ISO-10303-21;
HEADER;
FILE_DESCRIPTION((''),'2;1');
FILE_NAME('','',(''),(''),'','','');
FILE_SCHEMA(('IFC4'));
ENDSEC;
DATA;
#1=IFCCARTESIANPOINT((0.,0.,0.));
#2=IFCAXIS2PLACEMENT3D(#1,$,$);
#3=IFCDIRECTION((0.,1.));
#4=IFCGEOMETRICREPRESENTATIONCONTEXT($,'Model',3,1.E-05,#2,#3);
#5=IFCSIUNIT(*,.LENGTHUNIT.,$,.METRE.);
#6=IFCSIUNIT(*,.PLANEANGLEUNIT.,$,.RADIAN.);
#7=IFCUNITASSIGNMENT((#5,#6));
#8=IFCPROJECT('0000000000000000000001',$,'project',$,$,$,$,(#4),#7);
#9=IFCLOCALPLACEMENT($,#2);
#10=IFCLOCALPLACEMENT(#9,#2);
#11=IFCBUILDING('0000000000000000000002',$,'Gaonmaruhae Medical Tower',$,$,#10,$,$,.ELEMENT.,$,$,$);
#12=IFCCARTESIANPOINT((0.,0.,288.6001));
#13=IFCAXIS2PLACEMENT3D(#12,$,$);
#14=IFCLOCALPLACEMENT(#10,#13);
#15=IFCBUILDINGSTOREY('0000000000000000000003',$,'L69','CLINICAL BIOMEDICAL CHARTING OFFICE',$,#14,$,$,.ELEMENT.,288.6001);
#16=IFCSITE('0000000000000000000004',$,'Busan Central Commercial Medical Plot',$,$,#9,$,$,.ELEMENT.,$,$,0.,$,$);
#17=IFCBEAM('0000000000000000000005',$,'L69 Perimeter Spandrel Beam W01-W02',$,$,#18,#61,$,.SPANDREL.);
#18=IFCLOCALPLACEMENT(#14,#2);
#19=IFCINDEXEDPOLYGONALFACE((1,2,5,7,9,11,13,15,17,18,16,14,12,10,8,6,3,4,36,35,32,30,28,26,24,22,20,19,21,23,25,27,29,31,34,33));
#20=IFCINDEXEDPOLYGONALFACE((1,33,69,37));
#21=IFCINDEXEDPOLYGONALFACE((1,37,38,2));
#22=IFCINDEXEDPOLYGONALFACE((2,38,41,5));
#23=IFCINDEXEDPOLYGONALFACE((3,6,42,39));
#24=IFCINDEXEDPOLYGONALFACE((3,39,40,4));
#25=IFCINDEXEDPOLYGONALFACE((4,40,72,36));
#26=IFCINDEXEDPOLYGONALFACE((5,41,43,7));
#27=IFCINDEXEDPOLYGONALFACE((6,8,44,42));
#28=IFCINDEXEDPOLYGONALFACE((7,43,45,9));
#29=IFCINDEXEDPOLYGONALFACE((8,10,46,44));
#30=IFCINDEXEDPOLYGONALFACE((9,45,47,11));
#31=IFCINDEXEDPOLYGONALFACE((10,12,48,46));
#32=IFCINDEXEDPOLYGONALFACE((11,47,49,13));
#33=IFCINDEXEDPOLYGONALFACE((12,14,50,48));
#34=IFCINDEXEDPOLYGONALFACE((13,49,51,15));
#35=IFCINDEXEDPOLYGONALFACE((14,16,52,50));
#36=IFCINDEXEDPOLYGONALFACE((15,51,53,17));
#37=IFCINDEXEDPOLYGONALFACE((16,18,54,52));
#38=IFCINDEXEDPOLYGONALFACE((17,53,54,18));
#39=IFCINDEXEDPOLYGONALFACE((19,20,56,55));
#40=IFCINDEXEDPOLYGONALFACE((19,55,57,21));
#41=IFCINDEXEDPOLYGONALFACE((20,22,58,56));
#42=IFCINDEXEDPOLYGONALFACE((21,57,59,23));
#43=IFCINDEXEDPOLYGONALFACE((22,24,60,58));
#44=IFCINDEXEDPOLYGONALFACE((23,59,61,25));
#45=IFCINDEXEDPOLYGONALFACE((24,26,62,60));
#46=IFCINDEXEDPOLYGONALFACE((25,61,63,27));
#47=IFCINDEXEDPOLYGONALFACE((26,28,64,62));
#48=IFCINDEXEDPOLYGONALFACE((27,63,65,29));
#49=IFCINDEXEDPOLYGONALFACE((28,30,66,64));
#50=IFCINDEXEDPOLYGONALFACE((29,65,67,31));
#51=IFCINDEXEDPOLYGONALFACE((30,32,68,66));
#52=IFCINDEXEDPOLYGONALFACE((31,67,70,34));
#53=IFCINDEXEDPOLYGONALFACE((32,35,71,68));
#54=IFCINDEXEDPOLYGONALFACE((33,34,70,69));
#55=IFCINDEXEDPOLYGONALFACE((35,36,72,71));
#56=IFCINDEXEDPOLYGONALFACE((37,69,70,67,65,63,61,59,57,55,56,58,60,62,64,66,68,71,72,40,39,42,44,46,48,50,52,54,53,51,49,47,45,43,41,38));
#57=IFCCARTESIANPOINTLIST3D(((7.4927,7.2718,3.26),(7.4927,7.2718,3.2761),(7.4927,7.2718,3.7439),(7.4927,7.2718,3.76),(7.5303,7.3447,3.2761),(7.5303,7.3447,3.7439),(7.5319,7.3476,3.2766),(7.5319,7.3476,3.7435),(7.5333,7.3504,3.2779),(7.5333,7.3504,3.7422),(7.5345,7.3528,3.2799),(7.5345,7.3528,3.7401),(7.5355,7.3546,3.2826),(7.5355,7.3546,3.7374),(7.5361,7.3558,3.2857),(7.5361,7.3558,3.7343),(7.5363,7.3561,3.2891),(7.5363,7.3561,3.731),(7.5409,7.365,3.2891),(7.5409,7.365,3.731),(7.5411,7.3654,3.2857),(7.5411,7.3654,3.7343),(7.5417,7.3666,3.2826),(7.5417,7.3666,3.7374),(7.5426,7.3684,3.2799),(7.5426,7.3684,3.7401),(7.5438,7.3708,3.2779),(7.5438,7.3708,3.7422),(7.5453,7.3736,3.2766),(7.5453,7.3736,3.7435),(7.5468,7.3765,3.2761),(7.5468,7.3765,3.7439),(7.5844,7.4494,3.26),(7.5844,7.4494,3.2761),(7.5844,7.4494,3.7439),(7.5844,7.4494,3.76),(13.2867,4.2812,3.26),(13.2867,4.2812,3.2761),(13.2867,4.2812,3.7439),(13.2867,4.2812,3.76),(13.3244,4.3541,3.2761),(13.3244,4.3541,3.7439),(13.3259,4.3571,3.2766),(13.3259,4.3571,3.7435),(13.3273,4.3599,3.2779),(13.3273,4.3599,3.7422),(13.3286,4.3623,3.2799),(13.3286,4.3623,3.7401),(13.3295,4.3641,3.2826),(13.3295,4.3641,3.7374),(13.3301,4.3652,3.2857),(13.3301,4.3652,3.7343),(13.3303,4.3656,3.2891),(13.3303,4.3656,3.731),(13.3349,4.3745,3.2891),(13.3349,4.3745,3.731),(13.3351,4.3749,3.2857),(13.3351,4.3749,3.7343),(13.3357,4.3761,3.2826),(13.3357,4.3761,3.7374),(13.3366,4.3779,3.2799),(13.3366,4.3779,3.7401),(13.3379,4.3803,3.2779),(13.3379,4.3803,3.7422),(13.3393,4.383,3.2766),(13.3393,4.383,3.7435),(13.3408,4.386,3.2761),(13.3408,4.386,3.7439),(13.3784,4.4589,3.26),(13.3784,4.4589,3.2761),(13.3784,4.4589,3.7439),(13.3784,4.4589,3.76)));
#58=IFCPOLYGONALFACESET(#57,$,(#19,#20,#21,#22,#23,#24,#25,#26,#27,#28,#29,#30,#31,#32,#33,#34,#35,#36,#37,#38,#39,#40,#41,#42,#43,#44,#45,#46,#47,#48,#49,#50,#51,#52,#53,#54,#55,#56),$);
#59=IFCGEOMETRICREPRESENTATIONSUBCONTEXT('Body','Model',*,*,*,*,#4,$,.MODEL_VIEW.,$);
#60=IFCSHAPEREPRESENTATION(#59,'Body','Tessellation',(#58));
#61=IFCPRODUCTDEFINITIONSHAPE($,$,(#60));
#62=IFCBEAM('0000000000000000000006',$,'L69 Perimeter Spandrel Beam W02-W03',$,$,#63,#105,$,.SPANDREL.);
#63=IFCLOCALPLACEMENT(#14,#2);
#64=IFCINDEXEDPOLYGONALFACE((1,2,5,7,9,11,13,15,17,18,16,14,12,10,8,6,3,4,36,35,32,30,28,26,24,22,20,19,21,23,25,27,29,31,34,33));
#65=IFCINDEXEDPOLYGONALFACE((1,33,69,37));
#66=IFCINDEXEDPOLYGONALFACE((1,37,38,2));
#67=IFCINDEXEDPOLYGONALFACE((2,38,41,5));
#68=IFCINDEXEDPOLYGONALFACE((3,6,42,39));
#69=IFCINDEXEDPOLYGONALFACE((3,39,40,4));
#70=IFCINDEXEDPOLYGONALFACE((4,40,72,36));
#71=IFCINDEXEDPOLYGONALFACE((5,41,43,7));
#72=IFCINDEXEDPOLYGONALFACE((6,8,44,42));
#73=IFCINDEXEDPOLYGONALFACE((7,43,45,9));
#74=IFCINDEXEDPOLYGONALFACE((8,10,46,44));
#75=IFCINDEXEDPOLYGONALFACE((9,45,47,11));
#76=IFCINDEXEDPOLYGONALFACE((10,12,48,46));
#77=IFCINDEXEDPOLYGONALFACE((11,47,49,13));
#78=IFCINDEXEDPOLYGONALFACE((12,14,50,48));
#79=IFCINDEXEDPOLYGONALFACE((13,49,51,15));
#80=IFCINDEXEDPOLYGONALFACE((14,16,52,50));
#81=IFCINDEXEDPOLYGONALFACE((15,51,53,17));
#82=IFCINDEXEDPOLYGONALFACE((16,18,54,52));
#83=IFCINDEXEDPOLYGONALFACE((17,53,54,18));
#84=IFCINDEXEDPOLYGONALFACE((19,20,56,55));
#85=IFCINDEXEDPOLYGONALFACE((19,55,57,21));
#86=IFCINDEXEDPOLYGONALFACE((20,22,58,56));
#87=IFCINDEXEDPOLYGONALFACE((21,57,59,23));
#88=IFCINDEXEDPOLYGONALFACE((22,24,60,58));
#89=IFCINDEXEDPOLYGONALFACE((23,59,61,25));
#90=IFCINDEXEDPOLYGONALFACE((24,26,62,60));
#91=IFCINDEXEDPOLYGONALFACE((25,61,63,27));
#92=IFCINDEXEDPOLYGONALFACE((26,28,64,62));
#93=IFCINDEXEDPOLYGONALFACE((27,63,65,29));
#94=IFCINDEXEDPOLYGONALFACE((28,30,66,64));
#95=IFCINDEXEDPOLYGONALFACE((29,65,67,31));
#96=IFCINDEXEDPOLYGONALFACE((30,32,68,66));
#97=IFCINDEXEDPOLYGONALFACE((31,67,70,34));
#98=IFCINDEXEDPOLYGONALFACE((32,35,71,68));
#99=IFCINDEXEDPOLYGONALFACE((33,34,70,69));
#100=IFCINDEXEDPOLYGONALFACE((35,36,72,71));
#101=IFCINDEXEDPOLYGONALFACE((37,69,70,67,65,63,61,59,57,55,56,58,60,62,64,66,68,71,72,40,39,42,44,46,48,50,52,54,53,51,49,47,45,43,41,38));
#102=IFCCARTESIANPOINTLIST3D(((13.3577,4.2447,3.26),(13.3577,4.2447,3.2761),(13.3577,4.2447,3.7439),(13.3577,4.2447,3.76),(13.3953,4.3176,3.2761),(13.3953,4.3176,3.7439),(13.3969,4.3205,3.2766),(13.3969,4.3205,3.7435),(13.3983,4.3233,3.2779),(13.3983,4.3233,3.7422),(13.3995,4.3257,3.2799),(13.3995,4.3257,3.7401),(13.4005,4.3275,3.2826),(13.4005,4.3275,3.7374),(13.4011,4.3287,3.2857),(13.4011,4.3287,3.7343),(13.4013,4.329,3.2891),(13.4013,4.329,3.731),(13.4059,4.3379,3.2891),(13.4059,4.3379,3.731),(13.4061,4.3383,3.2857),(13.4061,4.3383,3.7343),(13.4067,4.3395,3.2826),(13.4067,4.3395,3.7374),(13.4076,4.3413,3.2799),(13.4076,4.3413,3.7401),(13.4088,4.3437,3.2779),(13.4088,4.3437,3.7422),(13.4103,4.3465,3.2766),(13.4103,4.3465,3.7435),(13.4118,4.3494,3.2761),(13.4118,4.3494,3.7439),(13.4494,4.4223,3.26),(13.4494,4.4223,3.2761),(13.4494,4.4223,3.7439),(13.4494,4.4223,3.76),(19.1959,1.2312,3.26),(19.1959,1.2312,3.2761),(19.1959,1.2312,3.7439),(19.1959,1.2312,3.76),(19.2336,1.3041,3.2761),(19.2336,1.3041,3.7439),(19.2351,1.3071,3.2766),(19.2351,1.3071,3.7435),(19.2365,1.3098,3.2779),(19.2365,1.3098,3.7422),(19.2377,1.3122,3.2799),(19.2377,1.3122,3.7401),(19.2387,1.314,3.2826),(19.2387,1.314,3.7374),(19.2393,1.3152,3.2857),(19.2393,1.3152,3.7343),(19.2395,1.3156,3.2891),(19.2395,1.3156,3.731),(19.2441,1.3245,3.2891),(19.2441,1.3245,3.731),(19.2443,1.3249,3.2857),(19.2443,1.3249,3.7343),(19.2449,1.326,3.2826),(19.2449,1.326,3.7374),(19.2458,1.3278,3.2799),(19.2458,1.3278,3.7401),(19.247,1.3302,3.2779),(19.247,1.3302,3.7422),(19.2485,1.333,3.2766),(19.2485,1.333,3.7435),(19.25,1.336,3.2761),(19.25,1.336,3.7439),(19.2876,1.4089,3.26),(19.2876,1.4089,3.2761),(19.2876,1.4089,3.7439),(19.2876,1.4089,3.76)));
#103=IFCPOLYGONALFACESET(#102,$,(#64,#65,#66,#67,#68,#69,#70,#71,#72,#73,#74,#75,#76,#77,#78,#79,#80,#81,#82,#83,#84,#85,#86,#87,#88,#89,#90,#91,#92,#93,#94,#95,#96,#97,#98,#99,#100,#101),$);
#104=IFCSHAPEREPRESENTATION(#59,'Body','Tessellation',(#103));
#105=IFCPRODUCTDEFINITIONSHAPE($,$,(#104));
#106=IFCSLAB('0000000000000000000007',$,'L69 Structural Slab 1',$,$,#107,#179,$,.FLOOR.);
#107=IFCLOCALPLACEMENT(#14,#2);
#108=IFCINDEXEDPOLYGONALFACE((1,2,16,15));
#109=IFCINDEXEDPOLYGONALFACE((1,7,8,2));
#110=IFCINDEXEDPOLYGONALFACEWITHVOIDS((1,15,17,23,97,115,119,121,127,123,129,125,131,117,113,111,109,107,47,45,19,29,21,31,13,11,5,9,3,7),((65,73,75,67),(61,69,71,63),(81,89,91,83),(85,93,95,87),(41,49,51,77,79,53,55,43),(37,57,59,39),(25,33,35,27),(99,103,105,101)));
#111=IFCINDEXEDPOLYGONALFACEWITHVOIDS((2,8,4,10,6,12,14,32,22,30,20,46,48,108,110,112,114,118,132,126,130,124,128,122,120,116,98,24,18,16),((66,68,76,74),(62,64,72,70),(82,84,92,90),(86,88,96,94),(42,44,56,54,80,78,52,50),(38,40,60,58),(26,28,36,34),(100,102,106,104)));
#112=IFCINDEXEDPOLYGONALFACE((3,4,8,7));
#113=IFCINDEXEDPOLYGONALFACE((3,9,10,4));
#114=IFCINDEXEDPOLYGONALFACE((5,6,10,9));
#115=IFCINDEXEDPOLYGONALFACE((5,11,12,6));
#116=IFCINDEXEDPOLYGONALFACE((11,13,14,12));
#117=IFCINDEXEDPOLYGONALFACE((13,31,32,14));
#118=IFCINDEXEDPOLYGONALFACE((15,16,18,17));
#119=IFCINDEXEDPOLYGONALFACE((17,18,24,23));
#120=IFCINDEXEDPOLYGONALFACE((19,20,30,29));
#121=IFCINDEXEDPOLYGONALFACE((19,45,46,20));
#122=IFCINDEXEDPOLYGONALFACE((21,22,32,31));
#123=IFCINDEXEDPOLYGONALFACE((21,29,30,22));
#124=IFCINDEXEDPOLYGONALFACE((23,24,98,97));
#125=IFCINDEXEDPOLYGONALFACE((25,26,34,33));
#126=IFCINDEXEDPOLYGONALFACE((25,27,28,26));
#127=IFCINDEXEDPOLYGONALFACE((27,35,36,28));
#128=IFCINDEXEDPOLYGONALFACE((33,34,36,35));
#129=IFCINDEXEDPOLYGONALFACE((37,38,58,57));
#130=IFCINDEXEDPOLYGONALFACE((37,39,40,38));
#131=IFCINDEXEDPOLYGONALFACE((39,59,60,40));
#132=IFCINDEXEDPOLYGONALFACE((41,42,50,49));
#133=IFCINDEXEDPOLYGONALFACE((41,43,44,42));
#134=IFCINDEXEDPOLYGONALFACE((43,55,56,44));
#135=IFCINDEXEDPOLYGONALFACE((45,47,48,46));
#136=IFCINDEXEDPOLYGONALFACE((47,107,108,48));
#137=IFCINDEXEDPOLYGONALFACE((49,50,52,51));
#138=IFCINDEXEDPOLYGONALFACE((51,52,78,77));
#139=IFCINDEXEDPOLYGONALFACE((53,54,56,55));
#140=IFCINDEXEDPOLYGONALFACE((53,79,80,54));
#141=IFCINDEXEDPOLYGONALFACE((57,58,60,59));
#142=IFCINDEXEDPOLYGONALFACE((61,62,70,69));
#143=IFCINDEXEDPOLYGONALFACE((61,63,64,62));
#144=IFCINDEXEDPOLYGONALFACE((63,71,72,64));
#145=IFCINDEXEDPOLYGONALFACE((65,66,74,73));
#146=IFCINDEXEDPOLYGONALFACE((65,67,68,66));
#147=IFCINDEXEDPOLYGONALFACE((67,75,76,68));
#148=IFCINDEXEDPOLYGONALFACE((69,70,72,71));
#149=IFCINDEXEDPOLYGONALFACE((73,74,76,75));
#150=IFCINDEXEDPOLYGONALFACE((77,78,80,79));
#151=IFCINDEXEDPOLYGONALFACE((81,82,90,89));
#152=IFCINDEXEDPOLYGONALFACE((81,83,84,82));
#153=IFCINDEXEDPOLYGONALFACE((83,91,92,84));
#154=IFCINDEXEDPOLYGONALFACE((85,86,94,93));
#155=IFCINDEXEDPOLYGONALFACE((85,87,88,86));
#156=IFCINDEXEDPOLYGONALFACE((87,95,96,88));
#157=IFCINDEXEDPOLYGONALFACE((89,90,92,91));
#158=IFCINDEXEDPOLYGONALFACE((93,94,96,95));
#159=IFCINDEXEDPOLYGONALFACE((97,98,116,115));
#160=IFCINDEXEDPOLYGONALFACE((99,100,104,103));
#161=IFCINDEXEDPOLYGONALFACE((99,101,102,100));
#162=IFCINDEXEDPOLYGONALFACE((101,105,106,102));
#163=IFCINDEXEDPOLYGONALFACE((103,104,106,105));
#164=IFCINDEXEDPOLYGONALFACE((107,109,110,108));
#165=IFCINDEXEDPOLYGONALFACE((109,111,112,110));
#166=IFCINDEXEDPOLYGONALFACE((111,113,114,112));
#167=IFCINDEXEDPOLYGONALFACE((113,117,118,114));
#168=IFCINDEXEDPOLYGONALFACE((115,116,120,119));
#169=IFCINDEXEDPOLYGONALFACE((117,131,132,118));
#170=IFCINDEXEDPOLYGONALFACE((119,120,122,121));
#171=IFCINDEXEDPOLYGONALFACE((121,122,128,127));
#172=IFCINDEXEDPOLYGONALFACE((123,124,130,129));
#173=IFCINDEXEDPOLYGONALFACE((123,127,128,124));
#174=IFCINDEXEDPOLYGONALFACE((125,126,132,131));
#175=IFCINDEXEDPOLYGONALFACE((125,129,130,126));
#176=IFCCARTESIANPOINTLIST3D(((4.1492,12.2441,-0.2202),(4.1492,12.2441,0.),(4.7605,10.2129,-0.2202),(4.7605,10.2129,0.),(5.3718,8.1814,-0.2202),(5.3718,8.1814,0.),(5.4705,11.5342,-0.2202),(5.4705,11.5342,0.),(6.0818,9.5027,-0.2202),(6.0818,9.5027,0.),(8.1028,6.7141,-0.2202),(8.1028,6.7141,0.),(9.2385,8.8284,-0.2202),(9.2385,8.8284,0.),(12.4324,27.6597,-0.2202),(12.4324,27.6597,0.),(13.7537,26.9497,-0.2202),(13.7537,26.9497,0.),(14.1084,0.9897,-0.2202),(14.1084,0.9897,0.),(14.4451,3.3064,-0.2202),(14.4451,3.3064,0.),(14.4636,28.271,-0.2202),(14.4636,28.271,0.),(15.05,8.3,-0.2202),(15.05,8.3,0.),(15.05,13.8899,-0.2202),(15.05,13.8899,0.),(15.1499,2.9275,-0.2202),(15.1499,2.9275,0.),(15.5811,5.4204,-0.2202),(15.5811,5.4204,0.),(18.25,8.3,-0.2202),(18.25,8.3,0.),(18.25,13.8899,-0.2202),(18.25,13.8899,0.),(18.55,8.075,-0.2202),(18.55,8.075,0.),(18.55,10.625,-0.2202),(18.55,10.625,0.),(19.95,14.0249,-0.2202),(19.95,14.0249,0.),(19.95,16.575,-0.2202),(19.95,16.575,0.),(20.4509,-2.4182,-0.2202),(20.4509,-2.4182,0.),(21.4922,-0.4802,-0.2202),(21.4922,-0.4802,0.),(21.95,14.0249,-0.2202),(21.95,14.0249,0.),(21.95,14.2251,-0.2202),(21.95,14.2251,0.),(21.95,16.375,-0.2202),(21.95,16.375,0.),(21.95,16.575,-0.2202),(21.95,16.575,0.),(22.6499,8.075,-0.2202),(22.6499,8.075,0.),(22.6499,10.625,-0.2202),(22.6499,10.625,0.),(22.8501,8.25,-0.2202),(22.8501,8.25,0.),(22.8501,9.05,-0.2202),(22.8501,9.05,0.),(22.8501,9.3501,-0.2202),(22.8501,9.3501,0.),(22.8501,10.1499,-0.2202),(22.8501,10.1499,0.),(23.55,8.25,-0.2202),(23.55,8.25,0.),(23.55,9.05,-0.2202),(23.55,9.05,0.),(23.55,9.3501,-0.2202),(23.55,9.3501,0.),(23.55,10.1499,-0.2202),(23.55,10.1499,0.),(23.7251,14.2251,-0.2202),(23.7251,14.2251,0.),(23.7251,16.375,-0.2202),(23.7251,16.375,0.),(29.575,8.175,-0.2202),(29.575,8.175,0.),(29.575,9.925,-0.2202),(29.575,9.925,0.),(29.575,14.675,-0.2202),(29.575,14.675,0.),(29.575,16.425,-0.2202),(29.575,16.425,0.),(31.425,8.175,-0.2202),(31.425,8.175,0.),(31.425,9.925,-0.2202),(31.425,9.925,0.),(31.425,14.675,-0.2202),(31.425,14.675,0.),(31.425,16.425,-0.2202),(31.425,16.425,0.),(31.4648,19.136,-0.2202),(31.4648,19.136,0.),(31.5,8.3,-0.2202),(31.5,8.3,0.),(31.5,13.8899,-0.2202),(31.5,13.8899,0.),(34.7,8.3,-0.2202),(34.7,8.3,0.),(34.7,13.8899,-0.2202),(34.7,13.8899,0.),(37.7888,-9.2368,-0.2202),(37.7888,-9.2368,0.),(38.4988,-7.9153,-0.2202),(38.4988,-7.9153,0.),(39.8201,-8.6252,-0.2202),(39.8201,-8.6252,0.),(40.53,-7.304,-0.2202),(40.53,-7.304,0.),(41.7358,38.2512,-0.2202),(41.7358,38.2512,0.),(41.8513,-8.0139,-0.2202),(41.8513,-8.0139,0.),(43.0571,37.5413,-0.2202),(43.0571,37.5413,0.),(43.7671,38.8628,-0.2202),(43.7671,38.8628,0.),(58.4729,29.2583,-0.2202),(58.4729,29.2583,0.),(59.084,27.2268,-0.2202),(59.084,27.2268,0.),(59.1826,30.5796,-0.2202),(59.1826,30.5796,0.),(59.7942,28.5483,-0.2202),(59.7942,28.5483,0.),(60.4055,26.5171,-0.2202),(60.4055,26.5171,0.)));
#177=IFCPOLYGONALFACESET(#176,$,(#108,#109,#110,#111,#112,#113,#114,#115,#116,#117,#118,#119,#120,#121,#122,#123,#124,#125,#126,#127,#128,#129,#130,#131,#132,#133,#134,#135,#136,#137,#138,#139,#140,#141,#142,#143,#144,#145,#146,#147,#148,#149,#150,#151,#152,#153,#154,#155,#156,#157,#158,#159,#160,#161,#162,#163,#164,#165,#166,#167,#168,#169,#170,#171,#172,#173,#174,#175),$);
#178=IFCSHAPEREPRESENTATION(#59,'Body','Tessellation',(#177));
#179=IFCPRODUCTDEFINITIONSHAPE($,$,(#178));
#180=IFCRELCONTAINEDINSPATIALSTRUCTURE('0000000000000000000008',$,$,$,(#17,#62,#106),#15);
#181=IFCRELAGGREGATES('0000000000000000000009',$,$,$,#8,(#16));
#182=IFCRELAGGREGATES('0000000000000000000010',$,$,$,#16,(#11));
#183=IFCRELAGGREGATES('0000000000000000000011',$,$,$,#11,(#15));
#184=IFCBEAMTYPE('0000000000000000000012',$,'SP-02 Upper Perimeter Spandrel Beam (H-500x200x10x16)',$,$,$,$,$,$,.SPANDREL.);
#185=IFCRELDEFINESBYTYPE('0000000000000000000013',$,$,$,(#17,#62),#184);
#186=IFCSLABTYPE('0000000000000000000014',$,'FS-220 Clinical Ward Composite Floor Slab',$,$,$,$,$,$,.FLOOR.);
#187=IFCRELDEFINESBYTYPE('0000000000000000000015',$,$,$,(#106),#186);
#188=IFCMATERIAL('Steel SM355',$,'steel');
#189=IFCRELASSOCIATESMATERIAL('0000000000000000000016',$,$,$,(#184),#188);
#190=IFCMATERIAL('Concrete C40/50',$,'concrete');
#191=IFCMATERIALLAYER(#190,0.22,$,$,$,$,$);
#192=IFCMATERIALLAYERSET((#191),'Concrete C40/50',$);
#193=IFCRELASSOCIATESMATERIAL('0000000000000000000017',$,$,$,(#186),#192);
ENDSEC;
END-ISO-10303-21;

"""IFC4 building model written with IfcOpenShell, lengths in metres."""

from ifc_helpers import new_model, si_unit, direction, frame, origin, origin_2d, place, context, subcontext, project, spatial, polyline, i_section, outline, extrude, material, layer, layer_set, material_profile, profile_set, type_object, element, save


model = new_model("IFC4")

# Units and contexts
model_context = context("Model", 3, precision=1e-05, world=origin(), true_north=direction((0.0, 1.0)))
body_context = subcontext(model_context, "Body", "Model", "MODEL_VIEW")
ifc_project = project(units=[si_unit("LENGTHUNIT", "METRE"), si_unit("PLANEANGLEUNIT", "RADIAN")], contexts=[model_context])

# Site, building, storey
site_placement = place(None, origin())
site = spatial("IfcSite", under=ifc_project, at=site_placement, Name="Busan Central Commercial Medical Plot", CompositionType="ELEMENT", RefElevation=0.0)
building_placement = place(site_placement, origin())
building = spatial("IfcBuilding", under=site, at=building_placement, Name="Gaonmaruhae Medical Tower", CompositionType="ELEMENT")
storey_placement = place(building_placement, frame((0.0, 0.0, 288.6001)))
storey = spatial("IfcBuildingStorey", under=building, at=storey_placement, Name="L69", Description="CLINICAL BIOMEDICAL CHARTING OFFICE", CompositionType="ELEMENT", Elevation=288.6001)

# Beams
ifc_material_1 = material(Name="Steel SM355", Category="steel")
ifc_material_profile_1 = material_profile(ifc_material_1, i_section(OverallWidth=0.2, OverallDepth=0.5, WebThickness=0.01, FlangeThickness=0.0161, FilletRadius=0.0129, at=origin_2d()), Name="H-500x200x10x16")
ifc_profile_set_1 = profile_set([ifc_material_profile_1], Name="Steel SM355")
beam_type_1 = type_object("IfcBeamType", Name="SP-02 Upper Perimeter Spandrel Beam (H-500x200x10x16)", PredefinedType="SPANDREL", material=ifc_profile_set_1)
beam_1_placement = place(storey_placement, frame((7.5386, 7.3606, 3.51), z_axis=(0.888617, -0.45865, 0.0), x_axis=(0.45865, 0.888617, 0.0)))
element("IfcBeam", 1, at=beam_1_placement, inside=storey, type_object=beam_type_1, Name="L69 Perimeter Spandrel Beam W01-W02", PredefinedType="SPANDREL", context=body_context, shape_type="SweptSolid", body=[
    extrude(i_section(OverallWidth=0.2, OverallDepth=0.5, WebThickness=0.01, FlangeThickness=0.0161, FilletRadius=0.0129, at=origin_2d()), origin(), (0.0, 0.0, 1.0), 6.5203),
])
beam_2_placement = place(storey_placement, frame((13.4036, 4.3335, 3.51), z_axis=(0.888608, -0.458667, 0.0), x_axis=(0.458667, 0.888608, 0.0)))
element("IfcBeam", 2, at=beam_2_placement, inside=storey, type_object=beam_type_1, Name="L69 Perimeter Spandrel Beam W02-W03", PredefinedType="SPANDREL", context=body_context, shape_type="SweptSolid", body=[
    extrude(i_section(OverallWidth=0.2, OverallDepth=0.5, WebThickness=0.01, FlangeThickness=0.0161, FilletRadius=0.0129, at=origin_2d()), origin(), (0.0, 0.0, 1.0), 6.5701),
])

# Slab
ifc_material_2 = material(Name="Concrete C40/50", Category="concrete")
ifc_layer_1 = layer(ifc_material_2, 0.22)
ifc_layer_set_1 = layer_set([ifc_layer_1], Name="Concrete C40/50")
slab_type_1 = type_object("IfcSlabType", Name="FS-220 Clinical Ward Composite Floor Slab", PredefinedType="FLOOR", material=ifc_layer_set_1)
slab_1_placement = place(storey_placement, frame((0.0, 0.0, -0.2202)))
element("IfcSlab", 3, at=slab_1_placement, inside=storey, type_object=slab_type_1, Name="L69 Structural Slab 1", PredefinedType="FLOOR", context=body_context, shape_type="SweptSolid", body=[
    extrude(outline(polyline([(6.0818, 9.5027), (4.7605, 10.2129), (5.4705, 11.5342), (4.1492, 12.2441), (12.4324, 27.6597), (13.7537, 26.9497), (14.4636, 28.271), (31.4648, 19.136), (41.7358, 38.2512), (43.0571, 37.5413), (43.7671, 38.8628), (59.1826, 30.5796), (58.4729, 29.2583), (59.7942, 28.5483), (59.084, 27.2268), (60.4055, 26.5171), (41.8513, -8.0139), (40.53, -7.304), (39.8201, -8.6252), (38.4988, -7.9153), (37.7888, -9.2368), (21.4922, -0.4802), (20.4509, -2.4182), (14.1084, 0.9897), (15.1499, 2.9275), (14.4451, 3.3064), (15.5811, 5.4204), (9.2385, 8.8284), (8.1028, 6.7141), (5.3718, 8.1814), (6.0818, 9.5027)]), holes=[polyline([(23.55, 8.25), (22.8501, 8.25), (22.8501, 9.05), (23.55, 9.05), (23.55, 8.25)]), polyline([(29.575, 9.925), (31.425, 9.925), (31.425, 8.175), (29.575, 8.175), (29.575, 9.925)]), polyline([(18.55, 10.625), (22.6499, 10.625), (22.6499, 8.075), (18.55, 8.075), (18.55, 10.625)]), polyline([(23.55, 9.3501), (22.8501, 9.3501), (22.8501, 10.1499), (23.55, 10.1499), (23.55, 9.3501)]), polyline([(15.05, 13.8899), (18.25, 13.8899), (18.25, 8.3), (15.05, 8.3), (15.05, 13.8899)]), polyline([(31.5, 13.8899), (34.7, 13.8899), (34.7, 8.3), (31.5, 8.3), (31.5, 13.8899)]), polyline([(23.7251, 14.2251), (21.95, 14.2251), (21.95, 14.0249), (19.95, 14.0249), (19.95, 16.575), (21.95, 16.575), (21.95, 16.375), (23.7251, 16.375), (23.7251, 14.2251)]), polyline([(31.425, 16.425), (31.425, 14.675), (29.575, 14.675), (29.575, 16.425), (31.425, 16.425)])]), origin(), (0.0, 0.0, 1.0), 0.2202),
])

save(model, "model.ifc")
